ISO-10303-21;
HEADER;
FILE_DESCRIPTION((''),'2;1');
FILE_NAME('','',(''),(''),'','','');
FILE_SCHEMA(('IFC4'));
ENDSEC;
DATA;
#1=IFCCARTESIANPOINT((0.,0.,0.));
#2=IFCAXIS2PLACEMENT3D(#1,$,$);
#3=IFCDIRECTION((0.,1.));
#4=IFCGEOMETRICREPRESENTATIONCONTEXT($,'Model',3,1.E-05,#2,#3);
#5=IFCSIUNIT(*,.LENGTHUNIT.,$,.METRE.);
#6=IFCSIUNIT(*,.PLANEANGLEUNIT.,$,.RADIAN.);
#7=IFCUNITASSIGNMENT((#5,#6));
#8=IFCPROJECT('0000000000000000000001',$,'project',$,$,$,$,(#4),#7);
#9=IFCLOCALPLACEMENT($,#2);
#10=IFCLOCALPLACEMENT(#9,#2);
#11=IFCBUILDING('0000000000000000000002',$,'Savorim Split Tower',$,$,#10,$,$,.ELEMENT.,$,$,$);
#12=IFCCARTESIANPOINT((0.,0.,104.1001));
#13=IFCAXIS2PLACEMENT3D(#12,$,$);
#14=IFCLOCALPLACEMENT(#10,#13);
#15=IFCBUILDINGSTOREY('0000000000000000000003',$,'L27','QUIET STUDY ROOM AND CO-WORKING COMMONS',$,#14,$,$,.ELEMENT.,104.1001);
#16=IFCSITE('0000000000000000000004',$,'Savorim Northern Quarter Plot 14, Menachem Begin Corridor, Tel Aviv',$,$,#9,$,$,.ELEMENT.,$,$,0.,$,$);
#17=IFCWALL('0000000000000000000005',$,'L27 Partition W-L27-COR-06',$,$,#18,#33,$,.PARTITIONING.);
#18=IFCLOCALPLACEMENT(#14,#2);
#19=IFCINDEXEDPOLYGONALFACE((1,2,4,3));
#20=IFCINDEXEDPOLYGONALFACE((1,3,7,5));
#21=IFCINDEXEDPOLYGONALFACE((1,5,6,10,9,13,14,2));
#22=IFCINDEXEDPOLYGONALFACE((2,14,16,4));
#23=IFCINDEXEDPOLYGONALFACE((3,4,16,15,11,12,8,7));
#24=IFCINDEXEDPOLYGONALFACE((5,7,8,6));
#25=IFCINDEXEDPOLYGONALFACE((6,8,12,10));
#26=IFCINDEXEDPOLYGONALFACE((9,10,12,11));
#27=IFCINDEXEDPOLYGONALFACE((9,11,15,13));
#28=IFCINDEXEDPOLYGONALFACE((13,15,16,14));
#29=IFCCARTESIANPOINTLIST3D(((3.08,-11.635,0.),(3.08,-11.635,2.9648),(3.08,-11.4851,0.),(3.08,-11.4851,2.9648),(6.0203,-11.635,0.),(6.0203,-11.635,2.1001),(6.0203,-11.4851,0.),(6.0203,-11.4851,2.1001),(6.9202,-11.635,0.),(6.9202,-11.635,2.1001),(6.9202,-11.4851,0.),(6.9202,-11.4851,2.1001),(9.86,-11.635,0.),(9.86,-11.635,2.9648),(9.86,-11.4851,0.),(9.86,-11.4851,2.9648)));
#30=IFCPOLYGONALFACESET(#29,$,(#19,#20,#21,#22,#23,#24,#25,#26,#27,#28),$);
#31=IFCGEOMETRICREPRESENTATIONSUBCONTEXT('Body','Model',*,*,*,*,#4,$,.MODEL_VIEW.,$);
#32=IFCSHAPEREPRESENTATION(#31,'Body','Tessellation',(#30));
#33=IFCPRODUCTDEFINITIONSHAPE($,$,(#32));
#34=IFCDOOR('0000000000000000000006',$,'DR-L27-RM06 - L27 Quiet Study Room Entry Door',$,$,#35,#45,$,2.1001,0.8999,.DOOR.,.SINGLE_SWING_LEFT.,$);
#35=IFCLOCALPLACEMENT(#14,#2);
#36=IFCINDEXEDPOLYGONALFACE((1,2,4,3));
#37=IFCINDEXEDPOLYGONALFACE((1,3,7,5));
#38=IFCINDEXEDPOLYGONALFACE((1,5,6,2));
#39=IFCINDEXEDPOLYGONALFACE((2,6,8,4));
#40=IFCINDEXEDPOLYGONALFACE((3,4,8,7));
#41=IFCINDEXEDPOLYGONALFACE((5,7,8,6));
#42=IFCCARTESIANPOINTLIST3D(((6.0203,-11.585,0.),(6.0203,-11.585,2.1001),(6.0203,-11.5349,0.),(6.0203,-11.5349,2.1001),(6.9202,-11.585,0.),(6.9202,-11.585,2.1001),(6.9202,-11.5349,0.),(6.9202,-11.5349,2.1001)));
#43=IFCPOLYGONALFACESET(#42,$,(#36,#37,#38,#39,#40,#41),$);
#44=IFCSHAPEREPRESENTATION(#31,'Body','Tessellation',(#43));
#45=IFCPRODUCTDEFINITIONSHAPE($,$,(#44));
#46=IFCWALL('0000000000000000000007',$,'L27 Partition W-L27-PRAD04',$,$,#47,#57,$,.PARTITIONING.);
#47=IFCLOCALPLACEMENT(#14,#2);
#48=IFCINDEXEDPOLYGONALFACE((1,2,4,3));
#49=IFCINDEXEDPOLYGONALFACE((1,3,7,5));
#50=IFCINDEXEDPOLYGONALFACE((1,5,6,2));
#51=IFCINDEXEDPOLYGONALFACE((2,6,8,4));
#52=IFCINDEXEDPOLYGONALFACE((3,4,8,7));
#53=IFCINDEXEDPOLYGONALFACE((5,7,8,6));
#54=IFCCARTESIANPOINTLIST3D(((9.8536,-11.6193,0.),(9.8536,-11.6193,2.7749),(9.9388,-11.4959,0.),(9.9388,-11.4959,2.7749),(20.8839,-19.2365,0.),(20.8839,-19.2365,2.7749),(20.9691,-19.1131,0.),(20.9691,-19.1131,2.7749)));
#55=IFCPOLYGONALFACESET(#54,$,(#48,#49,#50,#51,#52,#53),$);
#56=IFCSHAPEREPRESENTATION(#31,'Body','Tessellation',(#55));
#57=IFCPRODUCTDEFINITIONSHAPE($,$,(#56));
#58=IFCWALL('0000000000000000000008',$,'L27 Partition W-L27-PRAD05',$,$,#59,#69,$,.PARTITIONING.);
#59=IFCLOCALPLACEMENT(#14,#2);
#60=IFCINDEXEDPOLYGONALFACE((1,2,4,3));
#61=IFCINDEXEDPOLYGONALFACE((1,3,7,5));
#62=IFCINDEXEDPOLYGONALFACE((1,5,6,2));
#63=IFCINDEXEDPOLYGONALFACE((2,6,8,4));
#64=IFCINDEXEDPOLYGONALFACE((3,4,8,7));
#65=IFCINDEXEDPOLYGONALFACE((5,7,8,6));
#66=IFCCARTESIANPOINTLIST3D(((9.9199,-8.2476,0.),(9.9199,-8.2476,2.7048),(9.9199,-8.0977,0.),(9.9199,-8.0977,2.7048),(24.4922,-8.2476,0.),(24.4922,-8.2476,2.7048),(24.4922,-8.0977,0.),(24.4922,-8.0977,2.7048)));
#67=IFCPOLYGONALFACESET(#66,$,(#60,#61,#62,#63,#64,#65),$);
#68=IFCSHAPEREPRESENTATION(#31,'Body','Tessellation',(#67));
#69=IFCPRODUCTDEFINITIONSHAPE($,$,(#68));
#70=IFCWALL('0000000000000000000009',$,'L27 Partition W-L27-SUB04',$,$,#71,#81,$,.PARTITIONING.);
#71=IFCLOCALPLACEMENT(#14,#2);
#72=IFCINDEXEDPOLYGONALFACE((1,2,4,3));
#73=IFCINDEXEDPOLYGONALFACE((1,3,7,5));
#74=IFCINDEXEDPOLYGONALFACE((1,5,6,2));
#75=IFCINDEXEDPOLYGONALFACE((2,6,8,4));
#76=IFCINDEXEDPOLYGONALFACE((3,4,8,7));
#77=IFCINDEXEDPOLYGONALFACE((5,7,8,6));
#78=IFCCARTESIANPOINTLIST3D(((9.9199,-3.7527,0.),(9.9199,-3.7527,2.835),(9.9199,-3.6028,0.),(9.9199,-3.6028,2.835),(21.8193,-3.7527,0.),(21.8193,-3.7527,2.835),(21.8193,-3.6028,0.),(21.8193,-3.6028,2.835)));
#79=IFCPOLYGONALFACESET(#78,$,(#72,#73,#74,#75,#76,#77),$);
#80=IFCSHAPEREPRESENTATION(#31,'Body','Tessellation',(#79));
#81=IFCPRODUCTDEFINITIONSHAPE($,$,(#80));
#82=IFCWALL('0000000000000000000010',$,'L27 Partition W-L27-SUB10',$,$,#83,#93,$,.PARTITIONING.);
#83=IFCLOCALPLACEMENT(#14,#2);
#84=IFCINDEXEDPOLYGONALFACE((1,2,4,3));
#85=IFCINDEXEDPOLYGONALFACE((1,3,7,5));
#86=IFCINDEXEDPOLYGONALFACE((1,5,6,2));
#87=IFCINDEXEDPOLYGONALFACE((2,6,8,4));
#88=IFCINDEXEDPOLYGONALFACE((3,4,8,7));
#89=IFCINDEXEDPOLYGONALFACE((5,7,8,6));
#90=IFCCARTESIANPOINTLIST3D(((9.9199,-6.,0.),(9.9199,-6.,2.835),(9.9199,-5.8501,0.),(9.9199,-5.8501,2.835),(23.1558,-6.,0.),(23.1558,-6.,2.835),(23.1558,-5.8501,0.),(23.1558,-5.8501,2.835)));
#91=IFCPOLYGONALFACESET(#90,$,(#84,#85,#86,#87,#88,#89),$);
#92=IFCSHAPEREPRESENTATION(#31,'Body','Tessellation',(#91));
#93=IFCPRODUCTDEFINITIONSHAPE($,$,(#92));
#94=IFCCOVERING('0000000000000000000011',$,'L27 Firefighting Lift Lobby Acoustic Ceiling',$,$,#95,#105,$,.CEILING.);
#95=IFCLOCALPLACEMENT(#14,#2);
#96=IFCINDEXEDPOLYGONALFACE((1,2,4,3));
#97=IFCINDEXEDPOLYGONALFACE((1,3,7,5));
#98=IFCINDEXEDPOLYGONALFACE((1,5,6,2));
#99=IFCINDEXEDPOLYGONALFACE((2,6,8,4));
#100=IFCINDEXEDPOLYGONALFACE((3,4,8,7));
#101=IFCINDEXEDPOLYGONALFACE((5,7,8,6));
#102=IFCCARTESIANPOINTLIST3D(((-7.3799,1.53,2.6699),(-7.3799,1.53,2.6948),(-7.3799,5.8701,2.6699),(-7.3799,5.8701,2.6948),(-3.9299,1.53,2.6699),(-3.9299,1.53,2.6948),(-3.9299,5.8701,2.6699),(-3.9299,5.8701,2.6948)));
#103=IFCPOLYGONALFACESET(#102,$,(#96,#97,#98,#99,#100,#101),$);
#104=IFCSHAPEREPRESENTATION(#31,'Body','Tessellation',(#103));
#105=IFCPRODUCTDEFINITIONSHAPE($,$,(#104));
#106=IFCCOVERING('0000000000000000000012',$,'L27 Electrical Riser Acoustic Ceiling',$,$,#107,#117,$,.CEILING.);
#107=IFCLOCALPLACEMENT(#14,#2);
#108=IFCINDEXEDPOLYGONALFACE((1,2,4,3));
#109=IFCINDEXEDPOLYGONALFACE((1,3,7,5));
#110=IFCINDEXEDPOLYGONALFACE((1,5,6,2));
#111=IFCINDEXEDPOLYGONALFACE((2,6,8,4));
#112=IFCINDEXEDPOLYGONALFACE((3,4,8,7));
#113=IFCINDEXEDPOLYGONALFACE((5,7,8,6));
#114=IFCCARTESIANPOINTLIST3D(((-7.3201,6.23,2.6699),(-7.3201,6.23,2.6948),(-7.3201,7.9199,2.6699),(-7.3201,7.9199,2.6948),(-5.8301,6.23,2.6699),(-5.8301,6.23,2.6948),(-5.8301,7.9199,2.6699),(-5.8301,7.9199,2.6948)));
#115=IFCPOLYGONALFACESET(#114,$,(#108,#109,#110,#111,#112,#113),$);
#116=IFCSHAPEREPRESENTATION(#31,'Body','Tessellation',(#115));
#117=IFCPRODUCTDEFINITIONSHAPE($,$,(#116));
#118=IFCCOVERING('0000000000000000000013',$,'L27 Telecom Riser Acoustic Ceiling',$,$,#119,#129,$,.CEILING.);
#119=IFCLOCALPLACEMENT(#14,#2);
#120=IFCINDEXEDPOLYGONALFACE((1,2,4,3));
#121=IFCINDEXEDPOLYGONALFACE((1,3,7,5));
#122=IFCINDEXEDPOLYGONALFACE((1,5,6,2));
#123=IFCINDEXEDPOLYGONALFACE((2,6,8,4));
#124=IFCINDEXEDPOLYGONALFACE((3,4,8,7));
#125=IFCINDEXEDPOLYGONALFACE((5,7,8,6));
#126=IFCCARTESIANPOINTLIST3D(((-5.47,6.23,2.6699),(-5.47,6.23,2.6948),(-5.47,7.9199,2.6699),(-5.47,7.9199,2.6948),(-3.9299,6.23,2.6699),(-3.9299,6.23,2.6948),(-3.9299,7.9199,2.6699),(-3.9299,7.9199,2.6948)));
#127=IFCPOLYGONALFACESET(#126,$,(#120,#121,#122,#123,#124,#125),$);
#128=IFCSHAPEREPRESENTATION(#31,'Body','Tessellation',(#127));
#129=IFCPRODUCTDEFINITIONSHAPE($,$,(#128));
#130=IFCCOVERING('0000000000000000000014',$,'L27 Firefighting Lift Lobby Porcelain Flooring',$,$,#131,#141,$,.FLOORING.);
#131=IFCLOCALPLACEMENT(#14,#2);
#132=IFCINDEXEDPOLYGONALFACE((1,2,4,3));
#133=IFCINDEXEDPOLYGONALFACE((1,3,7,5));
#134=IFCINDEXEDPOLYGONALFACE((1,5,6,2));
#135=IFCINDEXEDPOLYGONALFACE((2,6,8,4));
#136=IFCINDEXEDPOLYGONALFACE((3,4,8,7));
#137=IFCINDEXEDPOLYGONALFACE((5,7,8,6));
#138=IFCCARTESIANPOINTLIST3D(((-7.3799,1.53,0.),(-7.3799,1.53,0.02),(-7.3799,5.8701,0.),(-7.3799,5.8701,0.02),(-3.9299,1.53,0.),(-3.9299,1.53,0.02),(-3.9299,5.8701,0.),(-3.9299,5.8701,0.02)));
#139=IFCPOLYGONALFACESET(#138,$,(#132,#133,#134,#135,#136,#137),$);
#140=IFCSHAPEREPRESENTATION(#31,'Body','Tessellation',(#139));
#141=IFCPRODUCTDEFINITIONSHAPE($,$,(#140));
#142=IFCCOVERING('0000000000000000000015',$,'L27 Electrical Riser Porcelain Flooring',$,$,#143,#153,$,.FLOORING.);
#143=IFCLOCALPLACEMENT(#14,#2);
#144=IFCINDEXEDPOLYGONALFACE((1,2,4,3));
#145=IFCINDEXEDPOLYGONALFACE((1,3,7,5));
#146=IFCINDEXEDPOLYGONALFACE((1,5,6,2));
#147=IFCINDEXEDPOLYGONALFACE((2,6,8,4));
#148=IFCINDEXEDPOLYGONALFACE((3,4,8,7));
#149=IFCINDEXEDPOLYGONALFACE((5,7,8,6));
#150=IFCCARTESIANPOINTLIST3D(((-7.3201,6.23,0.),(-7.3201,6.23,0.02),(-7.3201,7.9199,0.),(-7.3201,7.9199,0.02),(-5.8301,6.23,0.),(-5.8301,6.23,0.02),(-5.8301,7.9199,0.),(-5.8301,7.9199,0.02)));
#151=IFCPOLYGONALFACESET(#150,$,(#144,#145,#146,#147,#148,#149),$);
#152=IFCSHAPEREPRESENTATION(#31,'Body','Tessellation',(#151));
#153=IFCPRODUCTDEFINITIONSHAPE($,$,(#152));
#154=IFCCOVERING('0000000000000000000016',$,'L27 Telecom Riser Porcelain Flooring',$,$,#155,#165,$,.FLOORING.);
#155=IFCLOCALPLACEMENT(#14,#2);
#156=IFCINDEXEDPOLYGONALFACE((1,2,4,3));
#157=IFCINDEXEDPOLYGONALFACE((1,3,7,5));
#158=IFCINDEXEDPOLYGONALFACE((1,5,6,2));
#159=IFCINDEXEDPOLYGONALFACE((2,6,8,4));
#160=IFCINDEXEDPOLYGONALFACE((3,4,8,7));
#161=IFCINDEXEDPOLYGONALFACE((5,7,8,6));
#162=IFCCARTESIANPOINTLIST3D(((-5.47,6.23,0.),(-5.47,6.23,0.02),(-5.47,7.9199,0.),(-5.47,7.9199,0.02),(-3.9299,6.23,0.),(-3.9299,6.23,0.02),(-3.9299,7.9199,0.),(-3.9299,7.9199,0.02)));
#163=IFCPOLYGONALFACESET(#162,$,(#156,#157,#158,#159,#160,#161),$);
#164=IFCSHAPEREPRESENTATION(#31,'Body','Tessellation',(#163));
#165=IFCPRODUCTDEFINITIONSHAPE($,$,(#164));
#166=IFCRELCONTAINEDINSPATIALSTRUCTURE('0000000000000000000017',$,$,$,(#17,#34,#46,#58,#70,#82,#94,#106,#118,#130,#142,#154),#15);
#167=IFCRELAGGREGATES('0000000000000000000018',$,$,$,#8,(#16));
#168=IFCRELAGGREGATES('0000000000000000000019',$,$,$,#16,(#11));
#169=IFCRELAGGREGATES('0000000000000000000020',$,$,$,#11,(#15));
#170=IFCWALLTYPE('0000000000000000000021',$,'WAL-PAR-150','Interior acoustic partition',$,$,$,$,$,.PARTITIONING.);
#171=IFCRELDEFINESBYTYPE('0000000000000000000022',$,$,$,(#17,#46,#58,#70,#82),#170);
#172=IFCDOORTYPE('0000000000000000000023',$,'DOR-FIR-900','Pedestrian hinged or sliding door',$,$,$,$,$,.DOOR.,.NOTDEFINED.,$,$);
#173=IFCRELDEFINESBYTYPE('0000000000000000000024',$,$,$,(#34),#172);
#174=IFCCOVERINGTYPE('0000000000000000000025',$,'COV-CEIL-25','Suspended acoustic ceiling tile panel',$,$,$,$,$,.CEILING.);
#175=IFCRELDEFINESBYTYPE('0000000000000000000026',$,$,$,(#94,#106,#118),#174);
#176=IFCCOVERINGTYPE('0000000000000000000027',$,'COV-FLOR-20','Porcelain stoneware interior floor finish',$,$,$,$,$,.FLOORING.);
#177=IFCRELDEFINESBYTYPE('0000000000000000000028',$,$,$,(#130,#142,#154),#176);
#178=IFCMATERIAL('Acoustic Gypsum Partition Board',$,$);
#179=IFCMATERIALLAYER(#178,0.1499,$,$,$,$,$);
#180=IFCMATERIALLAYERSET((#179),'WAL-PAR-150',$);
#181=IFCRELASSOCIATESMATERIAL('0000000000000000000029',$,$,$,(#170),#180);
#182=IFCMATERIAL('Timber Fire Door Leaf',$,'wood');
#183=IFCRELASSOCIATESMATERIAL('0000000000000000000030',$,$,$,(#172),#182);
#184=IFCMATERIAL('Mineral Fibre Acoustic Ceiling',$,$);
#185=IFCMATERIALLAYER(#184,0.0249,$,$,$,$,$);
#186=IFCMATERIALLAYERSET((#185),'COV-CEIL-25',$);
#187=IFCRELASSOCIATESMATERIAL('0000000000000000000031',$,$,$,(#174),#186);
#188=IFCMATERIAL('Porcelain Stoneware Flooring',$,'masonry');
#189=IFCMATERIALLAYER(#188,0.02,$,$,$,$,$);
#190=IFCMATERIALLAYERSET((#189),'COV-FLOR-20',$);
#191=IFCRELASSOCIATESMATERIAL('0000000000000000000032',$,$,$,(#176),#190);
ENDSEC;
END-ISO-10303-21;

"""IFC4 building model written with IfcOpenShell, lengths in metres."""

from ifc_helpers import new_model, si_unit, direction, frame, frame_2d, origin, place, context, subcontext, project, spatial, polyline, rectangle, outline, extrude, material, layer, layer_set, type_object, element, fill, save


model = new_model("IFC4")

# Units and contexts
model_context = context("Model", 3, precision=1e-05, world=origin(), true_north=direction((0.0, 1.0)))
body_context = subcontext(model_context, "Body", "Model", "MODEL_VIEW")
ifc_project = project(units=[si_unit("LENGTHUNIT", "METRE"), si_unit("PLANEANGLEUNIT", "RADIAN")], contexts=[model_context])

# Site, building, storey
site_placement = place(None, origin())
site = spatial("IfcSite", under=ifc_project, at=site_placement, Name="Savorim Northern Quarter Plot 14, Menachem Begin Corridor, Tel Aviv", CompositionType="ELEMENT", RefElevation=0.0)
building_placement = place(site_placement, origin())
building = spatial("IfcBuilding", under=site, at=building_placement, Name="Savorim Split Tower", CompositionType="ELEMENT")
storey_placement = place(building_placement, frame((0.0, 0.0, 104.1001)))
storey = spatial("IfcBuildingStorey", under=building, at=storey_placement, Name="L27", Description="QUIET STUDY ROOM AND CO-WORKING COMMONS", CompositionType="ELEMENT", Elevation=104.1001)

# Shared definitions
ifc_material_1 = material(Name="Acoustic Gypsum Partition Board")
ifc_layer_1 = layer(ifc_material_1, 0.1499)
ifc_layer_set_1 = layer_set([ifc_layer_1], Name="WAL-PAR-150")
wall_type_1 = type_object("IfcWallType", Name="WAL-PAR-150", Description="Interior acoustic partition", PredefinedType="PARTITIONING", material=ifc_layer_set_1)

# Wall, opening, door
ifc_material_2 = material(Name="Timber Fire Door Leaf", Category="wood")
door_type_1 = type_object("IfcDoorType", Name="DOR-FIR-900", Description="Pedestrian hinged or sliding door", OperationType="NOTDEFINED", PredefinedType="DOOR", material=ifc_material_2)
wall_1_placement = place(storey_placement, frame((9.8601, -11.5601, 0.0), z_axis=(0.0, 0.0, 1.0), x_axis=(-1.0, 0.0, 0.0)))
wall_1 = element("IfcWall", 1, at=wall_1_placement, inside=storey, type_object=wall_type_1, Name="L27 Partition W-L27-COR-06", PredefinedType="PARTITIONING", context=body_context, shape_type="SweptSolid", body=[
    extrude(rectangle(XDim=6.78, YDim=0.1499, at=frame_2d((3.3901, 0.0))), origin(), (0.0, 0.0, 1.0), 2.9648),
])
opening_1_placement = place(wall_1_placement, frame((2.9399, 0.0, 0.0)))
opening_1 = element("IfcOpeningElement", 2, at=opening_1_placement, cuts=wall_1, PredefinedType="OPENING", context=body_context, shape_type="SweptSolid", body=[
    extrude(rectangle(XDim=0.8999, YDim=2.1001, at=frame_2d((0.45, 1.05))), frame((0.0, 0.085, 0.0), z_axis=(0.0, -1.0, 0.0), x_axis=(1.0, 0.0, 0.0)), (0.0, 0.0, 1.0), 0.1699),
])
door_1_placement = place(opening_1_placement, origin())
door_1 = element("IfcDoor", 3, at=door_1_placement, inside=storey, type_object=door_type_1, Name="DR-L27-RM06 - L27 Quiet Study Room Entry Door", OperationType="SINGLE_SWING_LEFT", OverallHeight=2.1001, OverallWidth=0.8999, PredefinedType="DOOR", context=body_context, shape_type="SweptSolid", body=[
    extrude(rectangle(XDim=0.8999, YDim=2.1001, at=frame_2d((0.45, 1.05))), frame((0.0, 0.0249, 0.0), z_axis=(0.0, -1.0, 0.0), x_axis=(1.0, 0.0, 0.0)), (0.0, 0.0, 1.0), 0.05),
])
fill(opening_1, door_1)

# Walls
wall_2_placement = place(storey_placement, frame((9.8962, -11.5576, 0.0), z_axis=(0.0, 0.0, 1.0), x_axis=(0.82286, -0.568244, 0.0)))
element("IfcWall", 4, at=wall_2_placement, inside=storey, type_object=wall_type_1, Name="L27 Partition W-L27-PRAD04", PredefinedType="PARTITIONING", context=body_context, shape_type="SweptSolid", body=[
    extrude(rectangle(XDim=13.4048, YDim=0.1499, at=frame_2d((6.7024, 0.0))), origin(), (0.0, 0.0, 1.0), 2.7749),
])
wall_3_placement = place(storey_placement, frame((9.9199, -8.1726, 0.0), z_axis=(0.0, 0.0, 1.0), x_axis=(1.0, 0.0, 0.0)))
element("IfcWall", 5, at=wall_3_placement, inside=storey, type_object=wall_type_1, Name="L27 Partition W-L27-PRAD05", PredefinedType="PARTITIONING", context=body_context, shape_type="SweptSolid", body=[
    extrude(rectangle(XDim=14.5723, YDim=0.1499, at=frame_2d((7.2861, 0.0))), origin(), (0.0, 0.0, 1.0), 2.7048),
])
wall_4_placement = place(storey_placement, frame((9.9199, -3.6777, 0.0), z_axis=(0.0, 0.0, 1.0), x_axis=(1.0, 0.0, 0.0)))
element("IfcWall", 6, at=wall_4_placement, inside=storey, type_object=wall_type_1, Name="L27 Partition W-L27-SUB04", PredefinedType="PARTITIONING", context=body_context, shape_type="SweptSolid", body=[
    extrude(rectangle(XDim=11.8994, YDim=0.1499, at=frame_2d((5.9497, 0.0))), origin(), (0.0, 0.0, 1.0), 2.835),
])
wall_5_placement = place(storey_placement, frame((9.9199, -5.925, 0.0), z_axis=(0.0, 0.0, 1.0), x_axis=(1.0, 0.0, 0.0)))
element("IfcWall", 7, at=wall_5_placement, inside=storey, type_object=wall_type_1, Name="L27 Partition W-L27-SUB10", PredefinedType="PARTITIONING", context=body_context, shape_type="SweptSolid", body=[
    extrude(rectangle(XDim=13.2358, YDim=0.1499, at=frame_2d((6.6179, 0.0))), origin(), (0.0, 0.0, 1.0), 2.835),
])

# Coverings
ifc_material_3 = material(Name="Mineral Fibre Acoustic Ceiling")
ifc_layer_2 = layer(ifc_material_3, 0.0249)
ifc_layer_set_2 = layer_set([ifc_layer_2], Name="COV-CEIL-25")
covering_type_1 = type_object("IfcCoveringType", Name="COV-CEIL-25", Description="Suspended acoustic ceiling tile panel", PredefinedType="CEILING", material=ifc_layer_set_2)
covering_1_placement = place(storey_placement, frame((0.0, 0.0, 2.6699)))
element("IfcCovering", 8, at=covering_1_placement, inside=storey, type_object=covering_type_1, Name="L27 Firefighting Lift Lobby Acoustic Ceiling", PredefinedType="CEILING", context=body_context, shape_type="SweptSolid", body=[
    extrude(outline(polyline([(-7.3799, 5.8701), (-7.3799, 1.53), (-3.9299, 1.53), (-3.9299, 5.8701), (-7.3799, 5.8701)])), origin(), (0.0, 0.0, 1.0), 0.0249),
])
covering_2_placement = place(storey_placement, frame((0.0, 0.0, 2.6699)))
element("IfcCovering", 9, at=covering_2_placement, inside=storey, type_object=covering_type_1, Name="L27 Electrical Riser Acoustic Ceiling", PredefinedType="CEILING", context=body_context, shape_type="SweptSolid", body=[
    extrude(outline(polyline([(-7.3201, 7.9199), (-7.3201, 6.23), (-5.8301, 6.23), (-5.8301, 7.9199), (-7.3201, 7.9199)])), origin(), (0.0, 0.0, 1.0), 0.0249),
])
covering_3_placement = place(storey_placement, frame((0.0, 0.0, 2.6699)))
element("IfcCovering", 10, at=covering_3_placement, inside=storey, type_object=covering_type_1, Name="L27 Telecom Riser Acoustic Ceiling", PredefinedType="CEILING", context=body_context, shape_type="SweptSolid", body=[
    extrude(outline(polyline([(-5.47, 7.9199), (-5.47, 6.23), (-3.9299, 6.23), (-3.9299, 7.9199), (-5.47, 7.9199)])), origin(), (0.0, 0.0, 1.0), 0.0249),
])
ifc_material_4 = material(Name="Porcelain Stoneware Flooring", Category="masonry")
ifc_layer_3 = layer(ifc_material_4, 0.02)
ifc_layer_set_3 = layer_set([ifc_layer_3], Name="COV-FLOR-20")
covering_type_2 = type_object("IfcCoveringType", Name="COV-FLOR-20", Description="Porcelain stoneware interior floor finish", PredefinedType="FLOORING", material=ifc_layer_set_3)
covering_4_placement = place(storey_placement, origin())
element("IfcCovering", 11, at=covering_4_placement, inside=storey, type_object=covering_type_2, Name="L27 Firefighting Lift Lobby Porcelain Flooring", PredefinedType="FLOORING", context=body_context, shape_type="SweptSolid", body=[
    extrude(outline(polyline([(-7.3799, 5.8701), (-7.3799, 1.53), (-3.9299, 1.53), (-3.9299, 5.8701), (-7.3799, 5.8701)])), origin(), (0.0, 0.0, 1.0), 0.02),
])
covering_5_placement = place(storey_placement, origin())
element("IfcCovering", 12, at=covering_5_placement, inside=storey, type_object=covering_type_2, Name="L27 Electrical Riser Porcelain Flooring", PredefinedType="FLOORING", context=body_context, shape_type="SweptSolid", body=[
    extrude(outline(polyline([(-7.3201, 7.9199), (-7.3201, 6.23), (-5.8301, 6.23), (-5.8301, 7.9199), (-7.3201, 7.9199)])), origin(), (0.0, 0.0, 1.0), 0.02),
])
covering_6_placement = place(storey_placement, origin())
element("IfcCovering", 13, at=covering_6_placement, inside=storey, type_object=covering_type_2, Name="L27 Telecom Riser Porcelain Flooring", PredefinedType="FLOORING", context=body_context, shape_type="SweptSolid", body=[
    extrude(outline(polyline([(-5.47, 7.9199), (-5.47, 6.23), (-3.9299, 6.23), (-3.9299, 7.9199), (-5.47, 7.9199)])), origin(), (0.0, 0.0, 1.0), 0.02),
])

save(model, "model.ifc")
